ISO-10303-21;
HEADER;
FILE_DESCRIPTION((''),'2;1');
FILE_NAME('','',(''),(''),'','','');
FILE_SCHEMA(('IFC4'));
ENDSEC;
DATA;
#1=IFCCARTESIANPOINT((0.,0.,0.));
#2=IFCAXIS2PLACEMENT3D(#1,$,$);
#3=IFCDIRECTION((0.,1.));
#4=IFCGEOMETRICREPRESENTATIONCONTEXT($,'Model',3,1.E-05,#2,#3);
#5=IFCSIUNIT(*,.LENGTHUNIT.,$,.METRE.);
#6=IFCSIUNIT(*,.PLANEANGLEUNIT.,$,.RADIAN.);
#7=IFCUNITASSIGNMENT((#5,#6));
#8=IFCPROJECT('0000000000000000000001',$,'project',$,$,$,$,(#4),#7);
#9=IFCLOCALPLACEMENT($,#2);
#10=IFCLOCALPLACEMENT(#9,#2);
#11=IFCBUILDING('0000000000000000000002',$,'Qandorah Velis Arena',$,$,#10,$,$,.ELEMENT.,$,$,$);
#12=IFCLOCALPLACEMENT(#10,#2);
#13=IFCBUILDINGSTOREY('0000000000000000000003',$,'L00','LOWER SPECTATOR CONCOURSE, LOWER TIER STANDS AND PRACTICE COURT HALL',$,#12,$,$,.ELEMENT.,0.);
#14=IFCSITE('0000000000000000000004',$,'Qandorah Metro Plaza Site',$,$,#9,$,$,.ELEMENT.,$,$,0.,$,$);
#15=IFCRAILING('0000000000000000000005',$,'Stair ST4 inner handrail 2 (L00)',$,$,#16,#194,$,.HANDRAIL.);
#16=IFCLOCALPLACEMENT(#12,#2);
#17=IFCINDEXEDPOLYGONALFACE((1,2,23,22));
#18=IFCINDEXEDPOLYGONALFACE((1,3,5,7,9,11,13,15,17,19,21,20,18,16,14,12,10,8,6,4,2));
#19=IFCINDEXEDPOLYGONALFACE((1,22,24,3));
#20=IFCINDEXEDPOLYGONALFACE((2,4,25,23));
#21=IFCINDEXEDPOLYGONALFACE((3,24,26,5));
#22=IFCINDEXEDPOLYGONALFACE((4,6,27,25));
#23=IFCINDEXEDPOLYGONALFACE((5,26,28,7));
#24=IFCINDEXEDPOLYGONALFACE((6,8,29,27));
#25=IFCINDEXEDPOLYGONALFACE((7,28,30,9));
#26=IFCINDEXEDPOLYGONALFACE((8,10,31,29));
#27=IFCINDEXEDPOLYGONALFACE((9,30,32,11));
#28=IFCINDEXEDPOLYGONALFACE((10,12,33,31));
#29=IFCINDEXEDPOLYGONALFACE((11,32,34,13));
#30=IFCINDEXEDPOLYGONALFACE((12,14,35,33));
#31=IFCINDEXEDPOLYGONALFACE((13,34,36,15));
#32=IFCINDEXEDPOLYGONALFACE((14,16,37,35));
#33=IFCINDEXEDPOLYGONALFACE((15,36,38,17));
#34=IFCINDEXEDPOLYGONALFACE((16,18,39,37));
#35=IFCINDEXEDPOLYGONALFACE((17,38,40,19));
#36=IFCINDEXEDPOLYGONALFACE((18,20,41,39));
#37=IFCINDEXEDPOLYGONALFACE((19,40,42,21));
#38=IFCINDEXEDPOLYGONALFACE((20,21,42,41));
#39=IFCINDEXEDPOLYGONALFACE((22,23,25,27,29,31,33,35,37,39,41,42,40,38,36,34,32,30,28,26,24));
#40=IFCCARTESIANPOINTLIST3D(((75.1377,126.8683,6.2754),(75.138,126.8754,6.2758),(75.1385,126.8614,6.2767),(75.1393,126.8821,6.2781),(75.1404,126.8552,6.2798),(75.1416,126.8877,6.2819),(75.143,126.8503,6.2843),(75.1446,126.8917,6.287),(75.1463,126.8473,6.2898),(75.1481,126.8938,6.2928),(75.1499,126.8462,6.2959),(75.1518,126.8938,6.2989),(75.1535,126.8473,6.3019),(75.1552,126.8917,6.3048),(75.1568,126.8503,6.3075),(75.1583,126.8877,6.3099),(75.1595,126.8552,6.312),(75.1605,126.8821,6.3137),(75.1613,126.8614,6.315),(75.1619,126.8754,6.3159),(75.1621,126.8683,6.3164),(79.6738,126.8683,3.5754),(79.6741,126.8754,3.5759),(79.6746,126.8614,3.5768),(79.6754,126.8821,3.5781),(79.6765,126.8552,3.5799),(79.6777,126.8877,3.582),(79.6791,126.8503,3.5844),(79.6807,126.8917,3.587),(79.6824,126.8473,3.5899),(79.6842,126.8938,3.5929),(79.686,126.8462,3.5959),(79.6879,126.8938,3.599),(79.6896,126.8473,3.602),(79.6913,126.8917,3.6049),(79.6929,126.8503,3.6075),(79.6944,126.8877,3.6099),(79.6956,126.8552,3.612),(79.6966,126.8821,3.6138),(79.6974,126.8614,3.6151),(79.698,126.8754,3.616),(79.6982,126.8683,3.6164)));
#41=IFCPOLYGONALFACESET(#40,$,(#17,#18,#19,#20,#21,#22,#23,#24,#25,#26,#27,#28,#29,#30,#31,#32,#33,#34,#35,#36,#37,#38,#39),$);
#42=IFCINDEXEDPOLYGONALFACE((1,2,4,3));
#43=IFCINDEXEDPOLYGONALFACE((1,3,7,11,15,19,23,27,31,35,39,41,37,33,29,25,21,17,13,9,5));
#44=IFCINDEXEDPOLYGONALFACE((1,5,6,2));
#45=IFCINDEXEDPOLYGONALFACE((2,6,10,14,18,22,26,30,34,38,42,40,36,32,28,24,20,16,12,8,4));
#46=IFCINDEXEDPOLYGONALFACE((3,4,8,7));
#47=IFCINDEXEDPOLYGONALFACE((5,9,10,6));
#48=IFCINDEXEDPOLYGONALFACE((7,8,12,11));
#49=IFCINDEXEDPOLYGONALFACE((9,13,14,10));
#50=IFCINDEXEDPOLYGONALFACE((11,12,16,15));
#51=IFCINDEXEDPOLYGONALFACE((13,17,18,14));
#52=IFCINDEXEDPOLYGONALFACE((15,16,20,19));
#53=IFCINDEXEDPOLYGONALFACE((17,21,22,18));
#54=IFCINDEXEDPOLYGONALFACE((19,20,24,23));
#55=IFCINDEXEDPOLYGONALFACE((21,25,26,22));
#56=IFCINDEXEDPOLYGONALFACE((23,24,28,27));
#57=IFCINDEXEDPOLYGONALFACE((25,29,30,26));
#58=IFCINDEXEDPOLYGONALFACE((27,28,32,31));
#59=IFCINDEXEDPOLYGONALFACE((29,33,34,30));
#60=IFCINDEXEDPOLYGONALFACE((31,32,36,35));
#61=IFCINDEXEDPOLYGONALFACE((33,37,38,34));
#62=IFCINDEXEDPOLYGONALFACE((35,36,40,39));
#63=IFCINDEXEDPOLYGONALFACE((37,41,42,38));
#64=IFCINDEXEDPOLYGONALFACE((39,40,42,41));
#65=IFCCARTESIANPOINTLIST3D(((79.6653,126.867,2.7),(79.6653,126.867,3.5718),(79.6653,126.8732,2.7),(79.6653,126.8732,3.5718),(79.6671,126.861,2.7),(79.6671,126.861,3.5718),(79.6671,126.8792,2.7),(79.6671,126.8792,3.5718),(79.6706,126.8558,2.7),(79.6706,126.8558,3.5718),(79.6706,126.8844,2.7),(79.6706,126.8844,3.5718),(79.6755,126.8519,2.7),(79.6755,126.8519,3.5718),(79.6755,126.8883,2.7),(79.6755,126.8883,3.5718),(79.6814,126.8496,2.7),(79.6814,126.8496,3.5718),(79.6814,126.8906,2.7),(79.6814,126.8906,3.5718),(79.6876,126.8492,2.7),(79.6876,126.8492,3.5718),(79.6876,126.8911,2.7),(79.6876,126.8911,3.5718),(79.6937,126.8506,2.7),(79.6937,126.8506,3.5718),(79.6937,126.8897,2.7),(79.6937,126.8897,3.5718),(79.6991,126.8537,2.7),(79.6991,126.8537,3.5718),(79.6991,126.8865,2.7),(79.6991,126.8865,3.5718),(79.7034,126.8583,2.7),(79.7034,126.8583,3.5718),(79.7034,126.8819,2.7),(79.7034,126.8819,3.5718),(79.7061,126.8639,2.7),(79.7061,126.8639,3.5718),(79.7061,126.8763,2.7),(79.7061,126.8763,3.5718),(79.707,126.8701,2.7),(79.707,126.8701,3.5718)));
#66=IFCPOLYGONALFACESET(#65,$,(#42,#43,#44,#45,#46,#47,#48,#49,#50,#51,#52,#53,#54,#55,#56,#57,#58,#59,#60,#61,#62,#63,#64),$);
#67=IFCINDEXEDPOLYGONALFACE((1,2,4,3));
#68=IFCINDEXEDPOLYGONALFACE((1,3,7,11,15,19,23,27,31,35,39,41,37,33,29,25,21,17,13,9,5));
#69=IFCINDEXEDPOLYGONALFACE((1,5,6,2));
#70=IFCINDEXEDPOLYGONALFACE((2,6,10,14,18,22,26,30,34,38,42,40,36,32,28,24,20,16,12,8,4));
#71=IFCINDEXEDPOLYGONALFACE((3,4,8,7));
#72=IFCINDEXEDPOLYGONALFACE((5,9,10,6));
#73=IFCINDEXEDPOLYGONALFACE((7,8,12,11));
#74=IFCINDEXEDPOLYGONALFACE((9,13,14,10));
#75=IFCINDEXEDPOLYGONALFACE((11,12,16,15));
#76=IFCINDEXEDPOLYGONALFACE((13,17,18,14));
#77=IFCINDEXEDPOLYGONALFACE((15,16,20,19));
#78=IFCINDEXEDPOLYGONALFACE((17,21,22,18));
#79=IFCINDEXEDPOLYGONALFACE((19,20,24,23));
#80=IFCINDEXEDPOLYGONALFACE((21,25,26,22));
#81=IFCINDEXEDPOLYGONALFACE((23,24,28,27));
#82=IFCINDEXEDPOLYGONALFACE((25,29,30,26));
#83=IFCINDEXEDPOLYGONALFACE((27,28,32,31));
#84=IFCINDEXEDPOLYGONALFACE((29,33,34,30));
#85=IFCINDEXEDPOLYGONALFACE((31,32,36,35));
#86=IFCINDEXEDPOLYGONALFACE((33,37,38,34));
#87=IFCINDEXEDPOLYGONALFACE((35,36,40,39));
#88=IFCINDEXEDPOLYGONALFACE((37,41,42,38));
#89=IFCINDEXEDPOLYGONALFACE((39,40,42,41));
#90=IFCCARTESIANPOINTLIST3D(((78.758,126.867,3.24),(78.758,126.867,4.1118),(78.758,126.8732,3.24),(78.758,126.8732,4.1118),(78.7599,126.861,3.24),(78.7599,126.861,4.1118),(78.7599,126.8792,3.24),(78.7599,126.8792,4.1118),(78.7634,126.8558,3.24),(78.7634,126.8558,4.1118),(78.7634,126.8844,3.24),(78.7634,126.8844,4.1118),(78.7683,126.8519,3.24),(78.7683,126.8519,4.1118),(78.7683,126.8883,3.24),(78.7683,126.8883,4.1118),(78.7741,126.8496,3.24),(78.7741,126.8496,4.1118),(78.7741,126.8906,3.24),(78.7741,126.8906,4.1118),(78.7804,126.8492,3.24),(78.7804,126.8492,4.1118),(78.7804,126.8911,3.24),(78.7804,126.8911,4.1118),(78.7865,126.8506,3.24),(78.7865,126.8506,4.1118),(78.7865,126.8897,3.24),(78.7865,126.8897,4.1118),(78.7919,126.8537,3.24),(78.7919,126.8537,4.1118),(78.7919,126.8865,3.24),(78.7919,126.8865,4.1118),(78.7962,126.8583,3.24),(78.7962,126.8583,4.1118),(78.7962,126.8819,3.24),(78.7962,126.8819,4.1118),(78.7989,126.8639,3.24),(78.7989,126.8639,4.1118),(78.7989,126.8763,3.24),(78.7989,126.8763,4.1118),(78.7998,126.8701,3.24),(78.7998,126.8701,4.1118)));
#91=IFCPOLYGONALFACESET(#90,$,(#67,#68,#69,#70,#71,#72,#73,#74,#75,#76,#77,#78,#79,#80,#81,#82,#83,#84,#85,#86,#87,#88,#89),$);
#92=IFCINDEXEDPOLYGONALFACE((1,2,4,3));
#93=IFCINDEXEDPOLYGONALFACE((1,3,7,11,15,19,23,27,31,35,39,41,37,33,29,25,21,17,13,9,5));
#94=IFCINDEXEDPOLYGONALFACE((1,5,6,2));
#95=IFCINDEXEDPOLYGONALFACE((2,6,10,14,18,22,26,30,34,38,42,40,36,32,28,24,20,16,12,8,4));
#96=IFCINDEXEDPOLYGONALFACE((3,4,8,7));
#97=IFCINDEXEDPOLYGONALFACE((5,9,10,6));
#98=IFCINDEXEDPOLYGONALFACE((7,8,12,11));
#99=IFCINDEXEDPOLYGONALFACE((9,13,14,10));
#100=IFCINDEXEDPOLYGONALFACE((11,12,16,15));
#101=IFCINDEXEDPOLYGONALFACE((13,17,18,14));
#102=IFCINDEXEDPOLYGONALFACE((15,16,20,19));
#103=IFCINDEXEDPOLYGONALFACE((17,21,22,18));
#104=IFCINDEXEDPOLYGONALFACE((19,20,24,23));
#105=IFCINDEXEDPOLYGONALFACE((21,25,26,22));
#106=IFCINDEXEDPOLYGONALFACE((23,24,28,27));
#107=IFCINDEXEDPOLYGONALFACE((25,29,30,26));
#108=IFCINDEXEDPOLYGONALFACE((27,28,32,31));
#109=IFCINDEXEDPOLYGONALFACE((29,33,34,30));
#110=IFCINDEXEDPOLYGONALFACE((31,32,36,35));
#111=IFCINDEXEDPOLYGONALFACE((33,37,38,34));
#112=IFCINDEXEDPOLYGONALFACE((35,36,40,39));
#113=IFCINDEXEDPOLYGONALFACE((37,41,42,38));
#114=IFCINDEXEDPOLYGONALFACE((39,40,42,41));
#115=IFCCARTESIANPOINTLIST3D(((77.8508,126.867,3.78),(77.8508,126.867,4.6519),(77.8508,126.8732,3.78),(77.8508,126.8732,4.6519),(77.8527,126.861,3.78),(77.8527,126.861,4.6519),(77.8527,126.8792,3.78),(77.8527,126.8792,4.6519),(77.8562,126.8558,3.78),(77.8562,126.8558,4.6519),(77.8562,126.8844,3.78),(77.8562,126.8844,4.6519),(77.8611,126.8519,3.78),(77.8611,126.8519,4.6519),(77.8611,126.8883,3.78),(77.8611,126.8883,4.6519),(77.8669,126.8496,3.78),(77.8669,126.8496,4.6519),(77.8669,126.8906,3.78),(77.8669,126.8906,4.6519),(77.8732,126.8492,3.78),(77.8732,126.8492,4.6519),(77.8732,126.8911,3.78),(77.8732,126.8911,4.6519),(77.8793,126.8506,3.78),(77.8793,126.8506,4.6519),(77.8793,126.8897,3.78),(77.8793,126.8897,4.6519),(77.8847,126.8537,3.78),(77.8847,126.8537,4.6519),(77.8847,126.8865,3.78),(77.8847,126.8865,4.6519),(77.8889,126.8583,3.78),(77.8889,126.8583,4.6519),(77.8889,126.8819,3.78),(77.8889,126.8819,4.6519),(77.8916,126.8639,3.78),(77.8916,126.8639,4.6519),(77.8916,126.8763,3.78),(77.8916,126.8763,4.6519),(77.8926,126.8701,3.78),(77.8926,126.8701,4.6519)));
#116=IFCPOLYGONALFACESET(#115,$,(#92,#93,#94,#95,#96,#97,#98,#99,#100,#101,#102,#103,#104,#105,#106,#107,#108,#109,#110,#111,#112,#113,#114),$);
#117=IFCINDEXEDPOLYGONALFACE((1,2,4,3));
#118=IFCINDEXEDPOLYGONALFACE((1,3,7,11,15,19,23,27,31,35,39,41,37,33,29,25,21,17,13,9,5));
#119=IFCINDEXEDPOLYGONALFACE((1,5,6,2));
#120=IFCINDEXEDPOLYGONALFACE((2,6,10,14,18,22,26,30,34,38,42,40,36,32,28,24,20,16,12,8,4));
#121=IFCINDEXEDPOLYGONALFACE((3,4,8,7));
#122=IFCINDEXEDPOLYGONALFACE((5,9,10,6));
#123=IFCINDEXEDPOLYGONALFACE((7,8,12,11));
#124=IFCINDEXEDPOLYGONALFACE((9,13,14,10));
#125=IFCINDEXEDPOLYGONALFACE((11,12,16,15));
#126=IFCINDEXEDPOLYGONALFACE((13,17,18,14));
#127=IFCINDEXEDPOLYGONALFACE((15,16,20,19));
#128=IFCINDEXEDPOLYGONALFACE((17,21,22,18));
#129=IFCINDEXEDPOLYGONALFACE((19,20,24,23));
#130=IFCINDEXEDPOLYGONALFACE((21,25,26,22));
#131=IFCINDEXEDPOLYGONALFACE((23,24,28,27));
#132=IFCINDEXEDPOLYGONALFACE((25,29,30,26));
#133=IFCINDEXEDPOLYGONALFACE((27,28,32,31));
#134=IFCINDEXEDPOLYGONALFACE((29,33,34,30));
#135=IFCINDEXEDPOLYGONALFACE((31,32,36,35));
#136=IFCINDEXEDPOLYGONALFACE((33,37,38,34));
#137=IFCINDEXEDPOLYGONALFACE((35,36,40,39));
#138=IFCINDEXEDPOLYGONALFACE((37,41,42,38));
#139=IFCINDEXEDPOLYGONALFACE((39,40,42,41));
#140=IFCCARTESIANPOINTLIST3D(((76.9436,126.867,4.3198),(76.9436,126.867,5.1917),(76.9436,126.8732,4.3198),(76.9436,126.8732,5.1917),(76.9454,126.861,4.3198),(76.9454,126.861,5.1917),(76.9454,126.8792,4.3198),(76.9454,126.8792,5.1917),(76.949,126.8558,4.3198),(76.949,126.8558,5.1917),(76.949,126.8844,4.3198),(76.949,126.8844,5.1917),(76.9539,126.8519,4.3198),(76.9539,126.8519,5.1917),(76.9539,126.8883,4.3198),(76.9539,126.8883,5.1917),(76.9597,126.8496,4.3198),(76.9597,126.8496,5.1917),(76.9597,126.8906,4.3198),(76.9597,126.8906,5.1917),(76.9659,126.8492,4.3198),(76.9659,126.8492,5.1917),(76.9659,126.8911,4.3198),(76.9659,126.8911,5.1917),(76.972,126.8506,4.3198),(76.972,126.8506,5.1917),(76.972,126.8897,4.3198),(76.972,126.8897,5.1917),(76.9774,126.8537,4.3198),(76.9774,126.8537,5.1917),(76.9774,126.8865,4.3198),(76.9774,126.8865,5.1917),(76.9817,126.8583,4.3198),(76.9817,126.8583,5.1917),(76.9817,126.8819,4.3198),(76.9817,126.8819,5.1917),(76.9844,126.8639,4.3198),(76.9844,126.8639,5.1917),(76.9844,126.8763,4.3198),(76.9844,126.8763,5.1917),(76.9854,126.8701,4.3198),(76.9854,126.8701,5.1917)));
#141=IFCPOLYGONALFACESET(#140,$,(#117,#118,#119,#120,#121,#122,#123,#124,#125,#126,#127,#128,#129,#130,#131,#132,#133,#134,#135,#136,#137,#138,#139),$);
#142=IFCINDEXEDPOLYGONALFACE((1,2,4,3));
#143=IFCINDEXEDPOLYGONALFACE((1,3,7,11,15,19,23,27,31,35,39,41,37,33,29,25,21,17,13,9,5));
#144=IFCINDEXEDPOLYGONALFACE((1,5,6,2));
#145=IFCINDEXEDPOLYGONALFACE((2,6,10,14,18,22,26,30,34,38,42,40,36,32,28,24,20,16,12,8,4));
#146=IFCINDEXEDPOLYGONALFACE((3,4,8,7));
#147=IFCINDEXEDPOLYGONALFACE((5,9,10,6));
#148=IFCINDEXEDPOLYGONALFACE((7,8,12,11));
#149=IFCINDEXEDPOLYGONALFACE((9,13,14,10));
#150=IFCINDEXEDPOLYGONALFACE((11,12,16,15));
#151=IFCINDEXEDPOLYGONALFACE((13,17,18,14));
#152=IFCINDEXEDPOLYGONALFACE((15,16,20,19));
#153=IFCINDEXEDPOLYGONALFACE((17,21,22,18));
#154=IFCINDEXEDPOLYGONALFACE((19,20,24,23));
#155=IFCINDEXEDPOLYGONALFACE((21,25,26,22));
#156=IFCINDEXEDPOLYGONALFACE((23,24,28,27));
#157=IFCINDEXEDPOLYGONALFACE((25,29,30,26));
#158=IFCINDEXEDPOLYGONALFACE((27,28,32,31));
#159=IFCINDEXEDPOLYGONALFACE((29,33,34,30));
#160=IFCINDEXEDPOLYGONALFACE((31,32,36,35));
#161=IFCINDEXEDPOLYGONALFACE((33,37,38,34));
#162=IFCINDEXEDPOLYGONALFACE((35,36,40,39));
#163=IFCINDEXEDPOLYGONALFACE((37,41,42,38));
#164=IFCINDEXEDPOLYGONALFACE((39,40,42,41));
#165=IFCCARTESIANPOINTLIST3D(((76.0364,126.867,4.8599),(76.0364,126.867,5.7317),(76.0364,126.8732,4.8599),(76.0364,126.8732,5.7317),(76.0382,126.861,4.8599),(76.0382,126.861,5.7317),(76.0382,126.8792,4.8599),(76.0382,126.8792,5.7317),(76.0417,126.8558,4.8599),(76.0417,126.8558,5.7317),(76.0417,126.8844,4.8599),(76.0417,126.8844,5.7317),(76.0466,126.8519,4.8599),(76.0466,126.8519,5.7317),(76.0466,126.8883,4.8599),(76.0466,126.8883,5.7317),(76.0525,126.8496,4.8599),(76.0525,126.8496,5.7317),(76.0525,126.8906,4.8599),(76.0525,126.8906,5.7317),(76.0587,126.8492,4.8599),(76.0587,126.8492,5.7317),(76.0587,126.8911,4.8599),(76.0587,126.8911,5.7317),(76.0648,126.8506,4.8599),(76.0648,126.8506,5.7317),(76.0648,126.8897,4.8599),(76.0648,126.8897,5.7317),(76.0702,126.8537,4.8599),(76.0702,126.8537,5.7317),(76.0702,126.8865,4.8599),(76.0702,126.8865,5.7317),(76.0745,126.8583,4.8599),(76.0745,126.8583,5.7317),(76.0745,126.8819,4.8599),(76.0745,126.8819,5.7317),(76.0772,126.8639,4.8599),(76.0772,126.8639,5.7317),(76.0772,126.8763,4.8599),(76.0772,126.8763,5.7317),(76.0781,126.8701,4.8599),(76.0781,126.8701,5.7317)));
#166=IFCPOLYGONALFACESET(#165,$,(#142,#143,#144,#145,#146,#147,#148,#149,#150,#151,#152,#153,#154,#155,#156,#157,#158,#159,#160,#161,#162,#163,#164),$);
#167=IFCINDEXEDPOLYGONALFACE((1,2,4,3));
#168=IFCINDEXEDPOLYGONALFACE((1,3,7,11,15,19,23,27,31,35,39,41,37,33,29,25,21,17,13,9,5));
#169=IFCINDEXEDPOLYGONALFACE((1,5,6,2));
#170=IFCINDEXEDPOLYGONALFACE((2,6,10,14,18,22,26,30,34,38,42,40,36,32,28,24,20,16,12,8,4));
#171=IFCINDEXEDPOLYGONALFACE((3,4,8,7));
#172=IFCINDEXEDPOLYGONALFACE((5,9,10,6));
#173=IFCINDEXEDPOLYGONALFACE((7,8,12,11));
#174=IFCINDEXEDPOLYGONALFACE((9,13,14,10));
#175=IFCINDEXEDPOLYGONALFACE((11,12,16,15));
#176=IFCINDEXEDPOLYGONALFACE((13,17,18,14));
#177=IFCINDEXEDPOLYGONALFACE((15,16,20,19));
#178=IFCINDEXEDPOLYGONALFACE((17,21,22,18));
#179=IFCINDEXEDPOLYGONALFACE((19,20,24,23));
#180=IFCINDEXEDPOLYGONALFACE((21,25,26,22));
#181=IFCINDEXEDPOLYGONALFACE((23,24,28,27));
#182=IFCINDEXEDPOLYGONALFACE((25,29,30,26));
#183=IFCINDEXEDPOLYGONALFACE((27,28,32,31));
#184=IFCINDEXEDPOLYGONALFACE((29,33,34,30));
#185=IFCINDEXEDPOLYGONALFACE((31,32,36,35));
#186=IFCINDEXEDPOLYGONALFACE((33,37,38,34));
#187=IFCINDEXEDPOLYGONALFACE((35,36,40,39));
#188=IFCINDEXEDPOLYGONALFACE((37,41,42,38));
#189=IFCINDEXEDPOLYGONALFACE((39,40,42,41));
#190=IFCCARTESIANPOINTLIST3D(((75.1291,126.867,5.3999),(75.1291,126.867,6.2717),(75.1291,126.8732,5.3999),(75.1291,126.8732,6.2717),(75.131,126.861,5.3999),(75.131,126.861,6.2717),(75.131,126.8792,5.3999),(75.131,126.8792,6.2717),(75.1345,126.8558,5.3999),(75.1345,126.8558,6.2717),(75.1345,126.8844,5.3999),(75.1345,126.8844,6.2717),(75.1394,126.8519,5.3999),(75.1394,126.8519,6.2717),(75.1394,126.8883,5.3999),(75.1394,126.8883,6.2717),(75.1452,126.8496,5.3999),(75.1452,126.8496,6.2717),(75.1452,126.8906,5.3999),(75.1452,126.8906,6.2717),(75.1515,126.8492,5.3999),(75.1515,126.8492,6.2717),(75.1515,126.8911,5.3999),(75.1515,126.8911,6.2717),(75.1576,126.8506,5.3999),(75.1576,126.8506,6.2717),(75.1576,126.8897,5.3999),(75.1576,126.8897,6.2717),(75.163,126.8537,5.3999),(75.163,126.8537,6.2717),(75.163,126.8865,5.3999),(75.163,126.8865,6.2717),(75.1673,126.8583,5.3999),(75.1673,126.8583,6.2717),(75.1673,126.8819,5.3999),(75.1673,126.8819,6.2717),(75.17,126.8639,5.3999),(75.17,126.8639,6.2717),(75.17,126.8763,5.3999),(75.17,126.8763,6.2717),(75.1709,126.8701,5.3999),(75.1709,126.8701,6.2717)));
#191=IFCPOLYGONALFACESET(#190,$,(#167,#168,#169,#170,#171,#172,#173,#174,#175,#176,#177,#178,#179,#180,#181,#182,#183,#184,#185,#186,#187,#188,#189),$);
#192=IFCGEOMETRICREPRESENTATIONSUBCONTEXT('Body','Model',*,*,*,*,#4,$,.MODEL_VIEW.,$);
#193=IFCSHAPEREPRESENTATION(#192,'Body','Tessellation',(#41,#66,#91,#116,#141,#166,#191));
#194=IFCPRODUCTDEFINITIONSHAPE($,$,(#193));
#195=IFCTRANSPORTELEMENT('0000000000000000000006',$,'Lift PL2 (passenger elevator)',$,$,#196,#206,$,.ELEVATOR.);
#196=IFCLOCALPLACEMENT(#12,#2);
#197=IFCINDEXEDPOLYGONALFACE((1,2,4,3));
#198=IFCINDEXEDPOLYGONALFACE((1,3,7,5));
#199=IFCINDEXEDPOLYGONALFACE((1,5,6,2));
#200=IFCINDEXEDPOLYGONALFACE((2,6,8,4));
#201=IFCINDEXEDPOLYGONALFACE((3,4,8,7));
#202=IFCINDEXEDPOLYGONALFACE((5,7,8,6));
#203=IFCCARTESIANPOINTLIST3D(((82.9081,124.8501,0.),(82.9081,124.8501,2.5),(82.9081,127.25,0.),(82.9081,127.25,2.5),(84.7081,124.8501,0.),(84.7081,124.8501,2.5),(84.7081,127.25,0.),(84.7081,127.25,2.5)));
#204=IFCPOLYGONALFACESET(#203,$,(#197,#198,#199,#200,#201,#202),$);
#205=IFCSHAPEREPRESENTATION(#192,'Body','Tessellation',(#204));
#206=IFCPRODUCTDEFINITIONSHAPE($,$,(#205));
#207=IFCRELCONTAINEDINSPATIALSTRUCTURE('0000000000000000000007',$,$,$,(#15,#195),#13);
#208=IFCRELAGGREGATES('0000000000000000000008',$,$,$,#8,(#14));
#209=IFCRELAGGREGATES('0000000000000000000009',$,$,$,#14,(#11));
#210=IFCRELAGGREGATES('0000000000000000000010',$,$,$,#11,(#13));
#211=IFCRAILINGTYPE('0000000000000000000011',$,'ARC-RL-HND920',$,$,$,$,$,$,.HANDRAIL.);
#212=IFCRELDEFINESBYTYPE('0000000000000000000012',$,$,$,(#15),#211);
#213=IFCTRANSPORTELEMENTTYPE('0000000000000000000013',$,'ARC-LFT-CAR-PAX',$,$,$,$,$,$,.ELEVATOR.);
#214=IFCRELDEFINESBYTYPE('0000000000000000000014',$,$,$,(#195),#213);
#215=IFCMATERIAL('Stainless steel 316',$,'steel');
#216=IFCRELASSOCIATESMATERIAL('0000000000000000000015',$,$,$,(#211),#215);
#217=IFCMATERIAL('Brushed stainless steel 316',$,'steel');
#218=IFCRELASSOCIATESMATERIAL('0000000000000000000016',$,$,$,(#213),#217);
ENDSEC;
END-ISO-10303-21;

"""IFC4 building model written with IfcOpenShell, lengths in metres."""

from ifc_helpers import new_model, si_unit, direction, frame, origin, origin_2d, place, context, subcontext, project, spatial, rectangle, circle, extrude, material, type_object, element, save


model = new_model("IFC4")

# Units and contexts
model_context = context("Model", 3, precision=1e-05, world=origin(), true_north=direction((0.0, 1.0)))
body_context = subcontext(model_context, "Body", "Model", "MODEL_VIEW")
ifc_project = project(units=[si_unit("LENGTHUNIT", "METRE"), si_unit("PLANEANGLEUNIT", "RADIAN")], contexts=[model_context])

# Site, building, storey
site_placement = place(None, origin())
site = spatial("IfcSite", under=ifc_project, at=site_placement, Name="Qandorah Metro Plaza Site", CompositionType="ELEMENT", RefElevation=0.0)
building_placement = place(site_placement, origin())
building = spatial("IfcBuilding", under=site, at=building_placement, Name="Qandorah Velis Arena", CompositionType="ELEMENT")
storey_placement = place(building_placement, origin())
storey = spatial("IfcBuildingStorey", under=building, at=storey_placement, Name="L00", Description="LOWER SPECTATOR CONCOURSE, LOWER TIER STANDS AND PRACTICE COURT HALL", CompositionType="ELEMENT", Elevation=0.0)

# Railing
ifc_material_1 = material(Name="Stainless steel 316", Category="steel")
railing_type_1 = type_object("IfcRailingType", Name="ARC-RL-HND920", PredefinedType="HANDRAIL", material=ifc_material_1)
railing_1_placement = place(storey_placement, frame((79.686, 126.8701, 2.7)))
element("IfcRailing", 1, at=railing_1_placement, inside=storey, type_object=railing_type_1, Name="Stair ST4 inner handrail 2 (L00)", PredefinedType="HANDRAIL", context=body_context, shape_type="SweptSolid", body=[
    extrude(circle(Radius=0.0239, at=origin_2d()), frame((0.0, 0.0, 0.896), z_axis=(-0.859304, 0.0, 0.511466), x_axis=(0.0, -1.0, 0.0)), (0.0, 0.0, 1.0), 5.2788),
    extrude(circle(Radius=0.021, at=origin_2d()), origin(), (0.0, 0.0, 1.0), 0.8718),
    extrude(circle(Radius=0.021, at=origin_2d()), frame((-0.9072, 0.0, 0.54)), (0.0, 0.0, 1.0), 0.8718),
    extrude(circle(Radius=0.021, at=origin_2d()), frame((-1.8145, 0.0, 1.0801)), (0.0, 0.0, 1.0), 0.8718),
    extrude(circle(Radius=0.021, at=origin_2d()), frame((-2.7217, 0.0, 1.6199)), (0.0, 0.0, 1.0), 0.8718),
    extrude(circle(Radius=0.021, at=origin_2d()), frame((-3.6289, 0.0, 2.1599)), (0.0, 0.0, 1.0), 0.8718),
    extrude(circle(Radius=0.021, at=origin_2d()), frame((-4.5361, 0.0, 2.7)), (0.0, 0.0, 1.0), 0.8718),
])

# Transport element
ifc_material_2 = material(Name="Brushed stainless steel 316", Category="steel")
transport_element_type = type_object("IfcTransportElementType", Name="ARC-LFT-CAR-PAX", PredefinedType="ELEVATOR", material=ifc_material_2)
transport_element_placement = place(storey_placement, frame((83.8081, 126.05, 0.0), z_axis=(0.0, 0.0, 1.0), x_axis=(1.0, 0.0, 0.0)))
element("IfcTransportElement", 2, at=transport_element_placement, inside=storey, type_object=transport_element_type, Name="Lift PL2 (passenger elevator)", PredefinedType="ELEVATOR", context=body_context, shape_type="SweptSolid", body=[
    extrude(rectangle(XDim=1.8, YDim=2.3999, at=origin_2d()), origin(), (0.0, 0.0, 1.0), 2.5),
])

save(model, "model.ifc")
